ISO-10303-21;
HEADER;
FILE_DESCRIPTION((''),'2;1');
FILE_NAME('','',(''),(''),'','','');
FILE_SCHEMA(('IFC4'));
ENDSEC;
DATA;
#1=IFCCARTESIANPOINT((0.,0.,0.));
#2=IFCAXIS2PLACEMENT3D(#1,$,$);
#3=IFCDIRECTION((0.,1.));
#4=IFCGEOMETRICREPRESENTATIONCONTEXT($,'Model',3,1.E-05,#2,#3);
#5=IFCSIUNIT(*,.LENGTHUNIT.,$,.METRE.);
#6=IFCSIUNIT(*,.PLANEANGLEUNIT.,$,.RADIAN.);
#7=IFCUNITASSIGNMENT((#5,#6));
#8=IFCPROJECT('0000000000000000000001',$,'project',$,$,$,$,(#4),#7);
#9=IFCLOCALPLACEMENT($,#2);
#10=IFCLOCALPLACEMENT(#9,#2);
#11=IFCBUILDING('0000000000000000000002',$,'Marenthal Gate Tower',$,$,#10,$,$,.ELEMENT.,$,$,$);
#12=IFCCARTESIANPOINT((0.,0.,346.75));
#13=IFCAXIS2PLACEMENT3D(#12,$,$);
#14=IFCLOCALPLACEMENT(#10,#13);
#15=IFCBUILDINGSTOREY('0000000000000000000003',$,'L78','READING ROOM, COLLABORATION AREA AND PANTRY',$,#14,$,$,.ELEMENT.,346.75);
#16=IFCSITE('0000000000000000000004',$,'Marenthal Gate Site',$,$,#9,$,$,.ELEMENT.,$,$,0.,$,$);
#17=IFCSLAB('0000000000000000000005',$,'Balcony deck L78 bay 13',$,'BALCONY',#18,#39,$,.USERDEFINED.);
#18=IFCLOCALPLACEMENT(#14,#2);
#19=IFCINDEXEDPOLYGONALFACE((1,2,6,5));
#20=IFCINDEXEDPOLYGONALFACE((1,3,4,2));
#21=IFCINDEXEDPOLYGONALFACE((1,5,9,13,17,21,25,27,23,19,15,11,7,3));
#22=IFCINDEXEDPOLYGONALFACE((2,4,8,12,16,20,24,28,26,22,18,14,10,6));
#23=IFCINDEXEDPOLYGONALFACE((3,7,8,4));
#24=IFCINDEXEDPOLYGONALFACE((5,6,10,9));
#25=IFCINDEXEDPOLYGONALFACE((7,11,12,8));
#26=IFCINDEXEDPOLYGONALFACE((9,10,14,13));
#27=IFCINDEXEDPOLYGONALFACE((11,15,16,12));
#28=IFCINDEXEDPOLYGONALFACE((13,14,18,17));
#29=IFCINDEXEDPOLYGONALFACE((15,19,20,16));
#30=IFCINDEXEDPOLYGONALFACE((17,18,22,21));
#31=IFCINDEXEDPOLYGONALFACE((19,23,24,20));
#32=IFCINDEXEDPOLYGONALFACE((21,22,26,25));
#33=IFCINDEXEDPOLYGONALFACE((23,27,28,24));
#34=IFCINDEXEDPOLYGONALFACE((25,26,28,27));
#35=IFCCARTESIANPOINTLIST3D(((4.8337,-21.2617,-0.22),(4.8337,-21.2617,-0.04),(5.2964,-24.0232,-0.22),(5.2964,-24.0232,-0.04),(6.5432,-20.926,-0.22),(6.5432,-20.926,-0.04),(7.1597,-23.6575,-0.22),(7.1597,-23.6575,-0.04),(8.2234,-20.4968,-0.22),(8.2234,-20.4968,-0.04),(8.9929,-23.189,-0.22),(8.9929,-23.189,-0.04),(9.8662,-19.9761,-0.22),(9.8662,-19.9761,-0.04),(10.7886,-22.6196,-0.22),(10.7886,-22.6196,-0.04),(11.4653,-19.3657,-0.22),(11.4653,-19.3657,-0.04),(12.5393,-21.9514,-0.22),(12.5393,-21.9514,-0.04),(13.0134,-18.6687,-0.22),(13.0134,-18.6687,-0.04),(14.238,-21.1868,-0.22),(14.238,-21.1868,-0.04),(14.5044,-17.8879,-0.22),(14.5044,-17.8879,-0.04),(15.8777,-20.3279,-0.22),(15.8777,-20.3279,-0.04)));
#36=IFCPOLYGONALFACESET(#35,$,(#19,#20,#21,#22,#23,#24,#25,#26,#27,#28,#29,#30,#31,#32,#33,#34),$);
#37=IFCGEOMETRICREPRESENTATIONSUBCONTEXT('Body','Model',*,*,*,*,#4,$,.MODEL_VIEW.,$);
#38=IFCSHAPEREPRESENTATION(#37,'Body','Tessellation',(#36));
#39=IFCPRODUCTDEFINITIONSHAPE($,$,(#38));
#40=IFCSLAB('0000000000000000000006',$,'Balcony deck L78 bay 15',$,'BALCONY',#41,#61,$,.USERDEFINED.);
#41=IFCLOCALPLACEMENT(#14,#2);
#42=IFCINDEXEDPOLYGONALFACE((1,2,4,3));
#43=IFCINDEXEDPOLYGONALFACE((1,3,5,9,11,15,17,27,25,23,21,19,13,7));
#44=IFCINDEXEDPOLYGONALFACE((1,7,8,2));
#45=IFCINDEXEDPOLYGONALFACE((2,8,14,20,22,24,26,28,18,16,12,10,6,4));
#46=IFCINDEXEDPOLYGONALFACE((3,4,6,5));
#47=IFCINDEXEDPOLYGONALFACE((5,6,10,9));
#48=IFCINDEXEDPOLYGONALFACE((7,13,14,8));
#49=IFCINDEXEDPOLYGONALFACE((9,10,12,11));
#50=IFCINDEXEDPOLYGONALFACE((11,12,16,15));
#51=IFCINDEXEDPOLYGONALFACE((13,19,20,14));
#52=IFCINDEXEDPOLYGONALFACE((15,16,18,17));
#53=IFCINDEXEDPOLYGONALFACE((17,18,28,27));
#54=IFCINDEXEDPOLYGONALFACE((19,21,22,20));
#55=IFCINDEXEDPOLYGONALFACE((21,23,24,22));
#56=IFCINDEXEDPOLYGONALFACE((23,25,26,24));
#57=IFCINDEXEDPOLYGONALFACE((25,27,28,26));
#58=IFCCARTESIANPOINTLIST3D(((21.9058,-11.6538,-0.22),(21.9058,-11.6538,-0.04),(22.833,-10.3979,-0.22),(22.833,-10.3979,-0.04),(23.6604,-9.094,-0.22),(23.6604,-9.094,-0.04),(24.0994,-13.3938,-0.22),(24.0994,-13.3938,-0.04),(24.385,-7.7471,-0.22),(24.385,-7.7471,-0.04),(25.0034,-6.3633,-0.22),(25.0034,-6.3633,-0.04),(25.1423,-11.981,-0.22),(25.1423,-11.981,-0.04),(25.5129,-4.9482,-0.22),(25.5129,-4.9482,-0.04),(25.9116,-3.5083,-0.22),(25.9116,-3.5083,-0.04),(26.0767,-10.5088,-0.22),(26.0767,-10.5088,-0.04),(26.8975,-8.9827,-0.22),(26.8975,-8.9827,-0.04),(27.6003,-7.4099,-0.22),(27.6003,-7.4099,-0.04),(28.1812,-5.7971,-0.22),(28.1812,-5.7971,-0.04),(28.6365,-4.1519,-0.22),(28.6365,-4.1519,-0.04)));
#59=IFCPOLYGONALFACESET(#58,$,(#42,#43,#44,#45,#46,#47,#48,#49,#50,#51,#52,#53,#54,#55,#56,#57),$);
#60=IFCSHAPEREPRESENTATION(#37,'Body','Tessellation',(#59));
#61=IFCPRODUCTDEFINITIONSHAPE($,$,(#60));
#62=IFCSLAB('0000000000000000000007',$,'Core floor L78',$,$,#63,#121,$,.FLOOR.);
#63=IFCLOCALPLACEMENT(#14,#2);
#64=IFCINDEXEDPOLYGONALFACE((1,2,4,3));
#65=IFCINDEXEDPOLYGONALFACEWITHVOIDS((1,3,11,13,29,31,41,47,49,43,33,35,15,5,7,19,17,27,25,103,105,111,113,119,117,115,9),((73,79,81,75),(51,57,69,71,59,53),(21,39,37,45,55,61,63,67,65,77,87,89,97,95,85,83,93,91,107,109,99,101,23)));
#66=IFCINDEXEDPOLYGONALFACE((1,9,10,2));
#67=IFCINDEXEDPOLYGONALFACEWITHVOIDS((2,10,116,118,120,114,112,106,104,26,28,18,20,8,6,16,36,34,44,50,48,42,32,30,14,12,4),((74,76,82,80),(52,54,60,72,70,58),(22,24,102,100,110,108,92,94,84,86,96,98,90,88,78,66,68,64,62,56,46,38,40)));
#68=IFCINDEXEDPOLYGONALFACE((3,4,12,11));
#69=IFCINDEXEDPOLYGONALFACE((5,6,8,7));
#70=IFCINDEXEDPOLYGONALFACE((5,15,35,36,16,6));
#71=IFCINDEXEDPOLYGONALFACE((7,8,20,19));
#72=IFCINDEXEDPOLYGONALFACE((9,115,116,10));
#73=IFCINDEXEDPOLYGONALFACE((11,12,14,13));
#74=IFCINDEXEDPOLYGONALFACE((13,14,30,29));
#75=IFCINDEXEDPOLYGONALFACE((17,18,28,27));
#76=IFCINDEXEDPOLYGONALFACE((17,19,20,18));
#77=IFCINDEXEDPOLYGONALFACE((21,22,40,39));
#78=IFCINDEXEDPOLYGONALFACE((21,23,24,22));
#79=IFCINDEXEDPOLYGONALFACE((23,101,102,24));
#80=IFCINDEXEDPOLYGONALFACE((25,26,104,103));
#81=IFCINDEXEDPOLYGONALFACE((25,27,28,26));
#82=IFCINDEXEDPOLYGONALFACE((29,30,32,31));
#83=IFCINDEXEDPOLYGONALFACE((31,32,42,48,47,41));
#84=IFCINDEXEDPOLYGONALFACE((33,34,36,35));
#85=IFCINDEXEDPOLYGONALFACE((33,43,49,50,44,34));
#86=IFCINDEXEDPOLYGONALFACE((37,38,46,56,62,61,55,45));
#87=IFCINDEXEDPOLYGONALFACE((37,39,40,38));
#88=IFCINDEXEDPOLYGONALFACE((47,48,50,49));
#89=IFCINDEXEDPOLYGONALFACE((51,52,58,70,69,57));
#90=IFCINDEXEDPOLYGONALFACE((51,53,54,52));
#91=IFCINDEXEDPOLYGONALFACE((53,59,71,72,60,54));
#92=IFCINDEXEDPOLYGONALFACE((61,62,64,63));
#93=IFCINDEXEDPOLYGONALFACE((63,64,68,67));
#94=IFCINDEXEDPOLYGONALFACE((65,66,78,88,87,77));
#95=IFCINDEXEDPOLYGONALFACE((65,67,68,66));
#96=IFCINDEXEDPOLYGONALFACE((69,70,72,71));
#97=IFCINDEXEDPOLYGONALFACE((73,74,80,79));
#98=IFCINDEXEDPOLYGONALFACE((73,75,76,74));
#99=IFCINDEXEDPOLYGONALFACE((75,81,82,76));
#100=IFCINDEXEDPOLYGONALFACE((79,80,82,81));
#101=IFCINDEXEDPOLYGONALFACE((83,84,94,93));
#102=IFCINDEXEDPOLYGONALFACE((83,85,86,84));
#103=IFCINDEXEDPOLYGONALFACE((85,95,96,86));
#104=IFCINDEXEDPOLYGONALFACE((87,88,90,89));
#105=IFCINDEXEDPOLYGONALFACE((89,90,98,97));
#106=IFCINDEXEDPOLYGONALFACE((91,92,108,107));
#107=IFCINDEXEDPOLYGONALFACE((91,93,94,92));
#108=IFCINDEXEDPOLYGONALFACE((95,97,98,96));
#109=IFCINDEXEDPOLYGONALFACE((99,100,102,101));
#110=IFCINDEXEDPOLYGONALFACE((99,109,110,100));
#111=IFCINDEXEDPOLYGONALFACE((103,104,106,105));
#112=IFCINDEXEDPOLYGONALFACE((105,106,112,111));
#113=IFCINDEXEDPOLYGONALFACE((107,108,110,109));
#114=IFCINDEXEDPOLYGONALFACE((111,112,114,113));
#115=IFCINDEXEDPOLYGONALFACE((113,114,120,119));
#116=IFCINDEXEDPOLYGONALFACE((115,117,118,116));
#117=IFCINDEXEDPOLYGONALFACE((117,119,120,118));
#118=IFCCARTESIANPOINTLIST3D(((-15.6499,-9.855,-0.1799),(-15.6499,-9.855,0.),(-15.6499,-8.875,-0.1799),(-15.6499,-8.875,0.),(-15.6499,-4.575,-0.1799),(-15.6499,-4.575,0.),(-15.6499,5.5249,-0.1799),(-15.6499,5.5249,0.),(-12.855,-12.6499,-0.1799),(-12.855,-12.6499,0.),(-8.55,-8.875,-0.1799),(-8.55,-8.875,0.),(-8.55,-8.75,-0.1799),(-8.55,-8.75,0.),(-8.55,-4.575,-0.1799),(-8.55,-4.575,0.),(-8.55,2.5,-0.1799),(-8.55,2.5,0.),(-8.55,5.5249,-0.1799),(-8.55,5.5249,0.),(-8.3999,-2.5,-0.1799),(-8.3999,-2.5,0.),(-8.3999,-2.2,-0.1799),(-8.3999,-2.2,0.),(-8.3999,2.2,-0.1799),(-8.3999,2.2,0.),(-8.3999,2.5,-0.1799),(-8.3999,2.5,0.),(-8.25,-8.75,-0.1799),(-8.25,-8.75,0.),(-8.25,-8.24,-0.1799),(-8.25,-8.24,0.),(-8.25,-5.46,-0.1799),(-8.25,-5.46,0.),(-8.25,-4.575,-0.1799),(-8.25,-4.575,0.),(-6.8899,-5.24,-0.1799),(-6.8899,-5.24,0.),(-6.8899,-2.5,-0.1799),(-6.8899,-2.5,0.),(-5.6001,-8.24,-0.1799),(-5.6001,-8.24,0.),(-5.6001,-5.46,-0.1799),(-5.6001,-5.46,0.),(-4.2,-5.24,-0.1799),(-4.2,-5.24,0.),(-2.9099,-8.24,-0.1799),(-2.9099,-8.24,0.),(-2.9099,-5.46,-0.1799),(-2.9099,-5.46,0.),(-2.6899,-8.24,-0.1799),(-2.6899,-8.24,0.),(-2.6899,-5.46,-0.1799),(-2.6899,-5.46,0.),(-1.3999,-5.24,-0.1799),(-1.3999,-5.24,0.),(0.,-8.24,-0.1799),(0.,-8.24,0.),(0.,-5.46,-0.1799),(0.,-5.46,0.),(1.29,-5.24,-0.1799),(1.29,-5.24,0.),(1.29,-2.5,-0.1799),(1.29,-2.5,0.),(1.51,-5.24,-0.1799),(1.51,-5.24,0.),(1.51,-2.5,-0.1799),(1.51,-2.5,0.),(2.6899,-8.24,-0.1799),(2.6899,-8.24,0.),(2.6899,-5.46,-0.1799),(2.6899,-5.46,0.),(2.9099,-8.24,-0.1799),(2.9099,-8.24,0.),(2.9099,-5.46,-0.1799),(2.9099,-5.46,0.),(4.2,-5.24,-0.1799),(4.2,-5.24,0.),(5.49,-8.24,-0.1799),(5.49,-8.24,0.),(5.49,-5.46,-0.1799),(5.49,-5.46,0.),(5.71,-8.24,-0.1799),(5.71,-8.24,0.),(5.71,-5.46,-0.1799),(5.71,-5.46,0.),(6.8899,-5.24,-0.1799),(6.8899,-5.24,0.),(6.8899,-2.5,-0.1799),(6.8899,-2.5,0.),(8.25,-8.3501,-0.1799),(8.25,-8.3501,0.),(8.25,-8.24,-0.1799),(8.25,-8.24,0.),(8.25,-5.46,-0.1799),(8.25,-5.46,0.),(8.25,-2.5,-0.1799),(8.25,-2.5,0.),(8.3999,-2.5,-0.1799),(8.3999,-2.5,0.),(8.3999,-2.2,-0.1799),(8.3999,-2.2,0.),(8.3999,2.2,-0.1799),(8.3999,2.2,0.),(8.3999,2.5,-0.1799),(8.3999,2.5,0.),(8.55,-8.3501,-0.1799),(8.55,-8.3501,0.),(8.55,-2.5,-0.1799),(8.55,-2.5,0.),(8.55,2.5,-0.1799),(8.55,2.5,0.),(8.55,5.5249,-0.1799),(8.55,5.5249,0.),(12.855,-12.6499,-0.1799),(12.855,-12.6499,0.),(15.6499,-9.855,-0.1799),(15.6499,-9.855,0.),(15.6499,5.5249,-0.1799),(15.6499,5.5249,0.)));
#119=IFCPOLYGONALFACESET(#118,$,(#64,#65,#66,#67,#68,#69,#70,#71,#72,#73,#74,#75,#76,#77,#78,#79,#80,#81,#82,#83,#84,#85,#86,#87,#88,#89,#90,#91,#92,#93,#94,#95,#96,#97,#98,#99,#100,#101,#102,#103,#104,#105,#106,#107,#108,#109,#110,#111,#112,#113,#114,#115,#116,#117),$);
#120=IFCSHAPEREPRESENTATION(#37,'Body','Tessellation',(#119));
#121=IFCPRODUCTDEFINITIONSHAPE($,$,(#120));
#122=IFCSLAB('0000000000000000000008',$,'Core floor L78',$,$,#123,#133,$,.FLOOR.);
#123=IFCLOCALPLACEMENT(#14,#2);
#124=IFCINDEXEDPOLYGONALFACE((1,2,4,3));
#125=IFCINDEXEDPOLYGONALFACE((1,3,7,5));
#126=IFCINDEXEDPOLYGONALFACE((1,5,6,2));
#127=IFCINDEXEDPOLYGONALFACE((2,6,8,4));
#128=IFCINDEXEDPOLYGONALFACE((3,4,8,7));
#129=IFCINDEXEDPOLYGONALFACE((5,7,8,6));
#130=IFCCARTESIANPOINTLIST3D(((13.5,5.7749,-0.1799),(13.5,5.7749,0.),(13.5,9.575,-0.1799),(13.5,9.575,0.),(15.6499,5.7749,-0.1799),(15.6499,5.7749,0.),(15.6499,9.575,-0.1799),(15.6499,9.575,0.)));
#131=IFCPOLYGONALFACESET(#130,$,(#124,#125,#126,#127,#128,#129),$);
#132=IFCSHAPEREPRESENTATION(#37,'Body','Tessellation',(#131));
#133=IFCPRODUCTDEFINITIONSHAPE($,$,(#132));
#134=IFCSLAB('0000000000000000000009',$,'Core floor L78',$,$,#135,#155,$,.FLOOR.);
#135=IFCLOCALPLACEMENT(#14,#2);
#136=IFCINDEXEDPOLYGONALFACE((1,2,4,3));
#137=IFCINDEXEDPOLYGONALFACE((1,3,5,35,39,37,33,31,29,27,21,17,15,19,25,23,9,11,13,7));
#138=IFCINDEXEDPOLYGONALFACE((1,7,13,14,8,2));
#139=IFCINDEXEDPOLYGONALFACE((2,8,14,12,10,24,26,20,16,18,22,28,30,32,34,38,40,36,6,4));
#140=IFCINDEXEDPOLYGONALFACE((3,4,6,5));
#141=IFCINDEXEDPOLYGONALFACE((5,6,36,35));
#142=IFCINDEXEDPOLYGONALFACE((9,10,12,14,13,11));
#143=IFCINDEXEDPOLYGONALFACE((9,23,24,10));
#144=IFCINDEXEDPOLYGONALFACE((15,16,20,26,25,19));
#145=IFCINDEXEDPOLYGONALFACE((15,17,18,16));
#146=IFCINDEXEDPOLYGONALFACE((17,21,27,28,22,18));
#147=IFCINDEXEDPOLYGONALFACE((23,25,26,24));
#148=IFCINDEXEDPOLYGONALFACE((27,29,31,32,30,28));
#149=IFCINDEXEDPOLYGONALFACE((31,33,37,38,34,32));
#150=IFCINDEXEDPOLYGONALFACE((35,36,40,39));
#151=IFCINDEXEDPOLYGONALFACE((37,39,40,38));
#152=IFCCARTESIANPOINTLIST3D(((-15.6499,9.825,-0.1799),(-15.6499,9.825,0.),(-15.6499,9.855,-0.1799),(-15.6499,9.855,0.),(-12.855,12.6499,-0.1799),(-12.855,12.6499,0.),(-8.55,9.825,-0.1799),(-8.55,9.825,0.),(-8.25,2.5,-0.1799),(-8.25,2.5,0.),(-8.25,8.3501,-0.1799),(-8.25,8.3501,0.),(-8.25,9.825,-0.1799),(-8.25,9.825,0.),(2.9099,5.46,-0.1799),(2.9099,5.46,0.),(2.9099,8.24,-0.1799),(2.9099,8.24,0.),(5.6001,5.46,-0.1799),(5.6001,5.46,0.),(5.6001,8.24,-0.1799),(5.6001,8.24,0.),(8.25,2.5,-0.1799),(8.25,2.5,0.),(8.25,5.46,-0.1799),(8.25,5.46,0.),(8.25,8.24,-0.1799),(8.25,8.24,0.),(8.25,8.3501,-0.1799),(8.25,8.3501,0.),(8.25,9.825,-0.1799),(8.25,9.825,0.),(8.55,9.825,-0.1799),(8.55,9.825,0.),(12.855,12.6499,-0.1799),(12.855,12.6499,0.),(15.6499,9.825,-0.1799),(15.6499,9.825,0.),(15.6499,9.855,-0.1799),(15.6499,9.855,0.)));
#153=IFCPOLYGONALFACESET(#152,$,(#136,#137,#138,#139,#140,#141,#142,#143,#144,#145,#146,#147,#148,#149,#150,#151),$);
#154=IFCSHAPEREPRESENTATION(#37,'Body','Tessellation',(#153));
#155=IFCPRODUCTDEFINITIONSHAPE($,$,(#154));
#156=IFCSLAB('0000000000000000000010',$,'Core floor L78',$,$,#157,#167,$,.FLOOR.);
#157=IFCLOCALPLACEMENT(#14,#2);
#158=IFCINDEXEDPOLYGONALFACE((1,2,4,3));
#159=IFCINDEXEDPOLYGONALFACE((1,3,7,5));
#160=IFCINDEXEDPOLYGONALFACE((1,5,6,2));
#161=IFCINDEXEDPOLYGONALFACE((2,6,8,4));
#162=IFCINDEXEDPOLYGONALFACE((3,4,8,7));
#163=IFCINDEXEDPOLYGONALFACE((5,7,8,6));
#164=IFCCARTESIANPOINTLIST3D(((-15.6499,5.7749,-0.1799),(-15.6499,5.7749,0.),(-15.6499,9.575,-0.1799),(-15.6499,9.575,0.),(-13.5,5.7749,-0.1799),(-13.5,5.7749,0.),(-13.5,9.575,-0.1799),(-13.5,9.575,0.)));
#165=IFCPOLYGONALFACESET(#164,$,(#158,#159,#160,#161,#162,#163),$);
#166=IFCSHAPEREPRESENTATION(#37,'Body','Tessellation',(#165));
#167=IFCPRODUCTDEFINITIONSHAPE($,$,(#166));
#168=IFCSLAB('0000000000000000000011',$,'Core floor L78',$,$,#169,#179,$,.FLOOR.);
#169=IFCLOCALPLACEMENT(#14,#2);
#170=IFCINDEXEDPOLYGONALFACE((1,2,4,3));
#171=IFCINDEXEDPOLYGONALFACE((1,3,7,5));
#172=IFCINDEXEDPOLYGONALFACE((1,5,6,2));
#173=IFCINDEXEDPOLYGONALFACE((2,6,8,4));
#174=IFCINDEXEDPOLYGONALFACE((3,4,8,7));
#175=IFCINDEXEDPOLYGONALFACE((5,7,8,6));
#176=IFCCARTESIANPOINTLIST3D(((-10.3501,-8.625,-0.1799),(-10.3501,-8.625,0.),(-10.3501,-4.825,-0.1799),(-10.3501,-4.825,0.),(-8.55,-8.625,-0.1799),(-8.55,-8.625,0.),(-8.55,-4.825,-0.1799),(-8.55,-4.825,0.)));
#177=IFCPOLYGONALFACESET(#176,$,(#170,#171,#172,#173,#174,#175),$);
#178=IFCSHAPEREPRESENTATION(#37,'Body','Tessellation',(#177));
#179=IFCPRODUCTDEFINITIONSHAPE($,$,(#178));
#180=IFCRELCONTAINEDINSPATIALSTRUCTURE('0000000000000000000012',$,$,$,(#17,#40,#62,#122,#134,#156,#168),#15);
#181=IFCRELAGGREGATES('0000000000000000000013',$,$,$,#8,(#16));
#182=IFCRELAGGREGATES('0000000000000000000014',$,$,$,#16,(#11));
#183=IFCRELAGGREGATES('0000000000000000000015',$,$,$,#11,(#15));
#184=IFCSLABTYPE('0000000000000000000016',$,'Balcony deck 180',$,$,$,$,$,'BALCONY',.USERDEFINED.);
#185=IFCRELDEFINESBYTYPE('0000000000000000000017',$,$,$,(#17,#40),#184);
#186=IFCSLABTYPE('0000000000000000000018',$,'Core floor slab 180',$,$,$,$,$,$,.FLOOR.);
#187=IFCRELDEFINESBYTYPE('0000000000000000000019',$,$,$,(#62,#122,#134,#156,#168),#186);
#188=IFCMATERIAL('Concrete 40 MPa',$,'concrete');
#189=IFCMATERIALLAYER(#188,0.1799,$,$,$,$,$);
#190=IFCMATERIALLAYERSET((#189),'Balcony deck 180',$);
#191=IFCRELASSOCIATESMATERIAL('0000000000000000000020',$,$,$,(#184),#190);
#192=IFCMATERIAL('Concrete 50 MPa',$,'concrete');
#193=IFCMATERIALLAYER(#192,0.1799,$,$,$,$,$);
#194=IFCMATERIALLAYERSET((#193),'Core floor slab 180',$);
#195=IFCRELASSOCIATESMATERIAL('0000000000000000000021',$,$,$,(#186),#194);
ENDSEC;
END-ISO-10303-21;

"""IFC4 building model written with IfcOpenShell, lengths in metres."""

from ifc_helpers import new_model, si_unit, direction, frame, origin, place, context, subcontext, project, spatial, polyline, outline, extrude, material, layer, layer_set, type_object, element, save


model = new_model("IFC4")

# Units and contexts
model_context = context("Model", 3, precision=1e-05, world=origin(), true_north=direction((0.0, 1.0)))
body_context = subcontext(model_context, "Body", "Model", "MODEL_VIEW")
ifc_project = project(units=[si_unit("LENGTHUNIT", "METRE"), si_unit("PLANEANGLEUNIT", "RADIAN")], contexts=[model_context])

# Site, building, storey
site_placement = place(None, origin())
site = spatial("IfcSite", under=ifc_project, at=site_placement, Name="Marenthal Gate Site", CompositionType="ELEMENT", RefElevation=0.0)
building_placement = place(site_placement, origin())
building = spatial("IfcBuilding", under=site, at=building_placement, Name="Marenthal Gate Tower", CompositionType="ELEMENT")
storey_placement = place(building_placement, frame((0.0, 0.0, 346.75)))
storey = spatial("IfcBuildingStorey", under=building, at=storey_placement, Name="L78", Description="READING ROOM, COLLABORATION AREA AND PANTRY", CompositionType="ELEMENT", Elevation=346.75)

# Slabs
ifc_material_1 = material(Name="Concrete 40 MPa", Category="concrete")
ifc_layer_1 = layer(ifc_material_1, 0.1799)
ifc_layer_set_1 = layer_set([ifc_layer_1], Name="Balcony deck 180")
slab_type_1 = type_object("IfcSlabType", Name="Balcony deck 180", ElementType="BALCONY", PredefinedType="USERDEFINED", material=ifc_layer_set_1)
slab_1_placement = place(storey_placement, frame((0.0, 0.0, -0.22)))
element("IfcSlab", 1, at=slab_1_placement, inside=storey, type_object=slab_type_1, Name="Balcony deck L78 bay 13", ObjectType="BALCONY", PredefinedType="USERDEFINED", context=body_context, shape_type="SweptSolid", body=[
    extrude(outline(polyline([(4.8337, -21.2617), (6.5432, -20.926), (8.2234, -20.4968), (9.8662, -19.9761), (11.4653, -19.3657), (13.0134, -18.6687), (14.5044, -17.8879), (15.8777, -20.3279), (14.238, -21.1868), (12.5393, -21.9514), (10.7886, -22.6196), (8.9929, -23.189), (7.1597, -23.6575), (5.2964, -24.0232), (4.8337, -21.2617)])), origin(), (0.0, 0.0, 1.0), 0.1799),
])
slab_2_placement = place(storey_placement, frame((0.0, 0.0, -0.22)))
element("IfcSlab", 2, at=slab_2_placement, inside=storey, type_object=slab_type_1, Name="Balcony deck L78 bay 15", ObjectType="BALCONY", PredefinedType="USERDEFINED", context=body_context, shape_type="SweptSolid", body=[
    extrude(outline(polyline([(21.9058, -11.6538), (22.833, -10.3979), (23.6604, -9.094), (24.385, -7.7471), (25.0034, -6.3633), (25.5129, -4.9482), (25.9116, -3.5083), (28.6365, -4.1519), (28.1812, -5.7971), (27.6003, -7.4099), (26.8975, -8.9827), (26.0767, -10.5088), (25.1423, -11.981), (24.0994, -13.3938), (21.9058, -11.6538)])), origin(), (0.0, 0.0, 1.0), 0.1799),
])
ifc_material_2 = material(Name="Concrete 50 MPa", Category="concrete")
ifc_layer_2 = layer(ifc_material_2, 0.1799)
ifc_layer_set_2 = layer_set([ifc_layer_2], Name="Core floor slab 180")
slab_type_2 = type_object("IfcSlabType", Name="Core floor slab 180", PredefinedType="FLOOR", material=ifc_layer_set_2)
slab_3_placement = place(storey_placement, frame((0.0, 0.0, -0.1799)))
element("IfcSlab", 3, at=slab_3_placement, inside=storey, type_object=slab_type_2, Name="Core floor L78", PredefinedType="FLOOR", context=body_context, shape_type="SweptSolid", body=[
    extrude(outline(polyline([(12.855, -12.6499), (-12.855, -12.6499), (-15.6499, -9.855), (-15.6499, -8.875), (-8.55, -8.875), (-8.55, -8.75), (-8.25, -8.75), (-8.25, -8.24), (-5.6001, -8.24), (-2.9099, -8.24), (-2.9099, -5.46), (-5.6001, -5.46), (-8.25, -5.46), (-8.25, -4.575), (-8.55, -4.575), (-15.6499, -4.575), (-15.6499, 5.5249), (-8.55, 5.5249), (-8.55, 2.5), (-8.3999, 2.5), (-8.3999, 2.2), (8.3999, 2.2), (8.3999, 2.5), (8.55, 2.5), (8.55, 5.5249), (15.6499, 5.5249), (15.6499, -9.855), (12.855, -12.6499)]), holes=[polyline([(0.0, -8.24), (2.6899, -8.24), (2.6899, -5.46), (0.0, -5.46), (-2.6899, -5.46), (-2.6899, -8.24), (0.0, -8.24)]), polyline([(1.29, -5.24), (1.29, -2.5), (1.51, -2.5), (1.51, -5.24), (4.2, -5.24), (6.8899, -5.24), (6.8899, -2.5), (8.25, -2.5), (8.25, -5.46), (5.71, -5.46), (5.71, -8.24), (8.25, -8.24), (8.25, -8.3501), (8.55, -8.3501), (8.55, -2.5), (8.3999, -2.5), (8.3999, -2.2), (-8.3999, -2.2), (-8.3999, -2.5), (-6.8899, -2.5), (-6.8899, -5.24), (-4.2, -5.24), (-1.3999, -5.24), (1.29, -5.24)]), polyline([(5.49, -5.46), (2.9099, -5.46), (2.9099, -8.24), (5.49, -8.24), (5.49, -5.46)])]), origin(), (0.0, 0.0, 1.0), 0.1799),
])
slab_4_placement = place(storey_placement, frame((0.0, 0.0, -0.1799)))
element("IfcSlab", 4, at=slab_4_placement, inside=storey, type_object=slab_type_2, Name="Core floor L78", PredefinedType="FLOOR", context=body_context, shape_type="SweptSolid", body=[
    extrude(outline(polyline([(15.6499, 5.7749), (13.5, 5.7749), (13.5, 9.575), (15.6499, 9.575), (15.6499, 5.7749)])), origin(), (0.0, 0.0, 1.0), 0.1799),
])
slab_5_placement = place(storey_placement, frame((0.0, 0.0, -0.1799)))
element("IfcSlab", 5, at=slab_5_placement, inside=storey, type_object=slab_type_2, Name="Core floor L78", PredefinedType="FLOOR", context=body_context, shape_type="SweptSolid", body=[
    extrude(outline(polyline([(15.6499, 9.825), (8.55, 9.825), (8.25, 9.825), (8.25, 8.3501), (8.25, 8.24), (5.6001, 8.24), (2.9099, 8.24), (2.9099, 5.46), (5.6001, 5.46), (8.25, 5.46), (8.25, 2.5), (-8.25, 2.5), (-8.25, 8.3501), (-8.25, 9.825), (-8.55, 9.825), (-15.6499, 9.825), (-15.6499, 9.855), (-12.855, 12.6499), (12.855, 12.6499), (15.6499, 9.855), (15.6499, 9.825)])), origin(), (0.0, 0.0, 1.0), 0.1799),
])
slab_6_placement = place(storey_placement, frame((0.0, 0.0, -0.1799)))
element("IfcSlab", 6, at=slab_6_placement, inside=storey, type_object=slab_type_2, Name="Core floor L78", PredefinedType="FLOOR", context=body_context, shape_type="SweptSolid", body=[
    extrude(outline(polyline([(-15.6499, 9.575), (-13.5, 9.575), (-13.5, 5.7749), (-15.6499, 5.7749), (-15.6499, 9.575)])), origin(), (0.0, 0.0, 1.0), 0.1799),
])
slab_7_placement = place(storey_placement, frame((0.0, 0.0, -0.1799)))
element("IfcSlab", 7, at=slab_7_placement, inside=storey, type_object=slab_type_2, Name="Core floor L78", PredefinedType="FLOOR", context=body_context, shape_type="SweptSolid", body=[
    extrude(outline(polyline([(-8.55, -4.825), (-8.55, -8.625), (-10.3501, -8.625), (-10.3501, -4.825), (-8.55, -4.825)])), origin(), (0.0, 0.0, 1.0), 0.1799),
])

save(model, "model.ifc")
